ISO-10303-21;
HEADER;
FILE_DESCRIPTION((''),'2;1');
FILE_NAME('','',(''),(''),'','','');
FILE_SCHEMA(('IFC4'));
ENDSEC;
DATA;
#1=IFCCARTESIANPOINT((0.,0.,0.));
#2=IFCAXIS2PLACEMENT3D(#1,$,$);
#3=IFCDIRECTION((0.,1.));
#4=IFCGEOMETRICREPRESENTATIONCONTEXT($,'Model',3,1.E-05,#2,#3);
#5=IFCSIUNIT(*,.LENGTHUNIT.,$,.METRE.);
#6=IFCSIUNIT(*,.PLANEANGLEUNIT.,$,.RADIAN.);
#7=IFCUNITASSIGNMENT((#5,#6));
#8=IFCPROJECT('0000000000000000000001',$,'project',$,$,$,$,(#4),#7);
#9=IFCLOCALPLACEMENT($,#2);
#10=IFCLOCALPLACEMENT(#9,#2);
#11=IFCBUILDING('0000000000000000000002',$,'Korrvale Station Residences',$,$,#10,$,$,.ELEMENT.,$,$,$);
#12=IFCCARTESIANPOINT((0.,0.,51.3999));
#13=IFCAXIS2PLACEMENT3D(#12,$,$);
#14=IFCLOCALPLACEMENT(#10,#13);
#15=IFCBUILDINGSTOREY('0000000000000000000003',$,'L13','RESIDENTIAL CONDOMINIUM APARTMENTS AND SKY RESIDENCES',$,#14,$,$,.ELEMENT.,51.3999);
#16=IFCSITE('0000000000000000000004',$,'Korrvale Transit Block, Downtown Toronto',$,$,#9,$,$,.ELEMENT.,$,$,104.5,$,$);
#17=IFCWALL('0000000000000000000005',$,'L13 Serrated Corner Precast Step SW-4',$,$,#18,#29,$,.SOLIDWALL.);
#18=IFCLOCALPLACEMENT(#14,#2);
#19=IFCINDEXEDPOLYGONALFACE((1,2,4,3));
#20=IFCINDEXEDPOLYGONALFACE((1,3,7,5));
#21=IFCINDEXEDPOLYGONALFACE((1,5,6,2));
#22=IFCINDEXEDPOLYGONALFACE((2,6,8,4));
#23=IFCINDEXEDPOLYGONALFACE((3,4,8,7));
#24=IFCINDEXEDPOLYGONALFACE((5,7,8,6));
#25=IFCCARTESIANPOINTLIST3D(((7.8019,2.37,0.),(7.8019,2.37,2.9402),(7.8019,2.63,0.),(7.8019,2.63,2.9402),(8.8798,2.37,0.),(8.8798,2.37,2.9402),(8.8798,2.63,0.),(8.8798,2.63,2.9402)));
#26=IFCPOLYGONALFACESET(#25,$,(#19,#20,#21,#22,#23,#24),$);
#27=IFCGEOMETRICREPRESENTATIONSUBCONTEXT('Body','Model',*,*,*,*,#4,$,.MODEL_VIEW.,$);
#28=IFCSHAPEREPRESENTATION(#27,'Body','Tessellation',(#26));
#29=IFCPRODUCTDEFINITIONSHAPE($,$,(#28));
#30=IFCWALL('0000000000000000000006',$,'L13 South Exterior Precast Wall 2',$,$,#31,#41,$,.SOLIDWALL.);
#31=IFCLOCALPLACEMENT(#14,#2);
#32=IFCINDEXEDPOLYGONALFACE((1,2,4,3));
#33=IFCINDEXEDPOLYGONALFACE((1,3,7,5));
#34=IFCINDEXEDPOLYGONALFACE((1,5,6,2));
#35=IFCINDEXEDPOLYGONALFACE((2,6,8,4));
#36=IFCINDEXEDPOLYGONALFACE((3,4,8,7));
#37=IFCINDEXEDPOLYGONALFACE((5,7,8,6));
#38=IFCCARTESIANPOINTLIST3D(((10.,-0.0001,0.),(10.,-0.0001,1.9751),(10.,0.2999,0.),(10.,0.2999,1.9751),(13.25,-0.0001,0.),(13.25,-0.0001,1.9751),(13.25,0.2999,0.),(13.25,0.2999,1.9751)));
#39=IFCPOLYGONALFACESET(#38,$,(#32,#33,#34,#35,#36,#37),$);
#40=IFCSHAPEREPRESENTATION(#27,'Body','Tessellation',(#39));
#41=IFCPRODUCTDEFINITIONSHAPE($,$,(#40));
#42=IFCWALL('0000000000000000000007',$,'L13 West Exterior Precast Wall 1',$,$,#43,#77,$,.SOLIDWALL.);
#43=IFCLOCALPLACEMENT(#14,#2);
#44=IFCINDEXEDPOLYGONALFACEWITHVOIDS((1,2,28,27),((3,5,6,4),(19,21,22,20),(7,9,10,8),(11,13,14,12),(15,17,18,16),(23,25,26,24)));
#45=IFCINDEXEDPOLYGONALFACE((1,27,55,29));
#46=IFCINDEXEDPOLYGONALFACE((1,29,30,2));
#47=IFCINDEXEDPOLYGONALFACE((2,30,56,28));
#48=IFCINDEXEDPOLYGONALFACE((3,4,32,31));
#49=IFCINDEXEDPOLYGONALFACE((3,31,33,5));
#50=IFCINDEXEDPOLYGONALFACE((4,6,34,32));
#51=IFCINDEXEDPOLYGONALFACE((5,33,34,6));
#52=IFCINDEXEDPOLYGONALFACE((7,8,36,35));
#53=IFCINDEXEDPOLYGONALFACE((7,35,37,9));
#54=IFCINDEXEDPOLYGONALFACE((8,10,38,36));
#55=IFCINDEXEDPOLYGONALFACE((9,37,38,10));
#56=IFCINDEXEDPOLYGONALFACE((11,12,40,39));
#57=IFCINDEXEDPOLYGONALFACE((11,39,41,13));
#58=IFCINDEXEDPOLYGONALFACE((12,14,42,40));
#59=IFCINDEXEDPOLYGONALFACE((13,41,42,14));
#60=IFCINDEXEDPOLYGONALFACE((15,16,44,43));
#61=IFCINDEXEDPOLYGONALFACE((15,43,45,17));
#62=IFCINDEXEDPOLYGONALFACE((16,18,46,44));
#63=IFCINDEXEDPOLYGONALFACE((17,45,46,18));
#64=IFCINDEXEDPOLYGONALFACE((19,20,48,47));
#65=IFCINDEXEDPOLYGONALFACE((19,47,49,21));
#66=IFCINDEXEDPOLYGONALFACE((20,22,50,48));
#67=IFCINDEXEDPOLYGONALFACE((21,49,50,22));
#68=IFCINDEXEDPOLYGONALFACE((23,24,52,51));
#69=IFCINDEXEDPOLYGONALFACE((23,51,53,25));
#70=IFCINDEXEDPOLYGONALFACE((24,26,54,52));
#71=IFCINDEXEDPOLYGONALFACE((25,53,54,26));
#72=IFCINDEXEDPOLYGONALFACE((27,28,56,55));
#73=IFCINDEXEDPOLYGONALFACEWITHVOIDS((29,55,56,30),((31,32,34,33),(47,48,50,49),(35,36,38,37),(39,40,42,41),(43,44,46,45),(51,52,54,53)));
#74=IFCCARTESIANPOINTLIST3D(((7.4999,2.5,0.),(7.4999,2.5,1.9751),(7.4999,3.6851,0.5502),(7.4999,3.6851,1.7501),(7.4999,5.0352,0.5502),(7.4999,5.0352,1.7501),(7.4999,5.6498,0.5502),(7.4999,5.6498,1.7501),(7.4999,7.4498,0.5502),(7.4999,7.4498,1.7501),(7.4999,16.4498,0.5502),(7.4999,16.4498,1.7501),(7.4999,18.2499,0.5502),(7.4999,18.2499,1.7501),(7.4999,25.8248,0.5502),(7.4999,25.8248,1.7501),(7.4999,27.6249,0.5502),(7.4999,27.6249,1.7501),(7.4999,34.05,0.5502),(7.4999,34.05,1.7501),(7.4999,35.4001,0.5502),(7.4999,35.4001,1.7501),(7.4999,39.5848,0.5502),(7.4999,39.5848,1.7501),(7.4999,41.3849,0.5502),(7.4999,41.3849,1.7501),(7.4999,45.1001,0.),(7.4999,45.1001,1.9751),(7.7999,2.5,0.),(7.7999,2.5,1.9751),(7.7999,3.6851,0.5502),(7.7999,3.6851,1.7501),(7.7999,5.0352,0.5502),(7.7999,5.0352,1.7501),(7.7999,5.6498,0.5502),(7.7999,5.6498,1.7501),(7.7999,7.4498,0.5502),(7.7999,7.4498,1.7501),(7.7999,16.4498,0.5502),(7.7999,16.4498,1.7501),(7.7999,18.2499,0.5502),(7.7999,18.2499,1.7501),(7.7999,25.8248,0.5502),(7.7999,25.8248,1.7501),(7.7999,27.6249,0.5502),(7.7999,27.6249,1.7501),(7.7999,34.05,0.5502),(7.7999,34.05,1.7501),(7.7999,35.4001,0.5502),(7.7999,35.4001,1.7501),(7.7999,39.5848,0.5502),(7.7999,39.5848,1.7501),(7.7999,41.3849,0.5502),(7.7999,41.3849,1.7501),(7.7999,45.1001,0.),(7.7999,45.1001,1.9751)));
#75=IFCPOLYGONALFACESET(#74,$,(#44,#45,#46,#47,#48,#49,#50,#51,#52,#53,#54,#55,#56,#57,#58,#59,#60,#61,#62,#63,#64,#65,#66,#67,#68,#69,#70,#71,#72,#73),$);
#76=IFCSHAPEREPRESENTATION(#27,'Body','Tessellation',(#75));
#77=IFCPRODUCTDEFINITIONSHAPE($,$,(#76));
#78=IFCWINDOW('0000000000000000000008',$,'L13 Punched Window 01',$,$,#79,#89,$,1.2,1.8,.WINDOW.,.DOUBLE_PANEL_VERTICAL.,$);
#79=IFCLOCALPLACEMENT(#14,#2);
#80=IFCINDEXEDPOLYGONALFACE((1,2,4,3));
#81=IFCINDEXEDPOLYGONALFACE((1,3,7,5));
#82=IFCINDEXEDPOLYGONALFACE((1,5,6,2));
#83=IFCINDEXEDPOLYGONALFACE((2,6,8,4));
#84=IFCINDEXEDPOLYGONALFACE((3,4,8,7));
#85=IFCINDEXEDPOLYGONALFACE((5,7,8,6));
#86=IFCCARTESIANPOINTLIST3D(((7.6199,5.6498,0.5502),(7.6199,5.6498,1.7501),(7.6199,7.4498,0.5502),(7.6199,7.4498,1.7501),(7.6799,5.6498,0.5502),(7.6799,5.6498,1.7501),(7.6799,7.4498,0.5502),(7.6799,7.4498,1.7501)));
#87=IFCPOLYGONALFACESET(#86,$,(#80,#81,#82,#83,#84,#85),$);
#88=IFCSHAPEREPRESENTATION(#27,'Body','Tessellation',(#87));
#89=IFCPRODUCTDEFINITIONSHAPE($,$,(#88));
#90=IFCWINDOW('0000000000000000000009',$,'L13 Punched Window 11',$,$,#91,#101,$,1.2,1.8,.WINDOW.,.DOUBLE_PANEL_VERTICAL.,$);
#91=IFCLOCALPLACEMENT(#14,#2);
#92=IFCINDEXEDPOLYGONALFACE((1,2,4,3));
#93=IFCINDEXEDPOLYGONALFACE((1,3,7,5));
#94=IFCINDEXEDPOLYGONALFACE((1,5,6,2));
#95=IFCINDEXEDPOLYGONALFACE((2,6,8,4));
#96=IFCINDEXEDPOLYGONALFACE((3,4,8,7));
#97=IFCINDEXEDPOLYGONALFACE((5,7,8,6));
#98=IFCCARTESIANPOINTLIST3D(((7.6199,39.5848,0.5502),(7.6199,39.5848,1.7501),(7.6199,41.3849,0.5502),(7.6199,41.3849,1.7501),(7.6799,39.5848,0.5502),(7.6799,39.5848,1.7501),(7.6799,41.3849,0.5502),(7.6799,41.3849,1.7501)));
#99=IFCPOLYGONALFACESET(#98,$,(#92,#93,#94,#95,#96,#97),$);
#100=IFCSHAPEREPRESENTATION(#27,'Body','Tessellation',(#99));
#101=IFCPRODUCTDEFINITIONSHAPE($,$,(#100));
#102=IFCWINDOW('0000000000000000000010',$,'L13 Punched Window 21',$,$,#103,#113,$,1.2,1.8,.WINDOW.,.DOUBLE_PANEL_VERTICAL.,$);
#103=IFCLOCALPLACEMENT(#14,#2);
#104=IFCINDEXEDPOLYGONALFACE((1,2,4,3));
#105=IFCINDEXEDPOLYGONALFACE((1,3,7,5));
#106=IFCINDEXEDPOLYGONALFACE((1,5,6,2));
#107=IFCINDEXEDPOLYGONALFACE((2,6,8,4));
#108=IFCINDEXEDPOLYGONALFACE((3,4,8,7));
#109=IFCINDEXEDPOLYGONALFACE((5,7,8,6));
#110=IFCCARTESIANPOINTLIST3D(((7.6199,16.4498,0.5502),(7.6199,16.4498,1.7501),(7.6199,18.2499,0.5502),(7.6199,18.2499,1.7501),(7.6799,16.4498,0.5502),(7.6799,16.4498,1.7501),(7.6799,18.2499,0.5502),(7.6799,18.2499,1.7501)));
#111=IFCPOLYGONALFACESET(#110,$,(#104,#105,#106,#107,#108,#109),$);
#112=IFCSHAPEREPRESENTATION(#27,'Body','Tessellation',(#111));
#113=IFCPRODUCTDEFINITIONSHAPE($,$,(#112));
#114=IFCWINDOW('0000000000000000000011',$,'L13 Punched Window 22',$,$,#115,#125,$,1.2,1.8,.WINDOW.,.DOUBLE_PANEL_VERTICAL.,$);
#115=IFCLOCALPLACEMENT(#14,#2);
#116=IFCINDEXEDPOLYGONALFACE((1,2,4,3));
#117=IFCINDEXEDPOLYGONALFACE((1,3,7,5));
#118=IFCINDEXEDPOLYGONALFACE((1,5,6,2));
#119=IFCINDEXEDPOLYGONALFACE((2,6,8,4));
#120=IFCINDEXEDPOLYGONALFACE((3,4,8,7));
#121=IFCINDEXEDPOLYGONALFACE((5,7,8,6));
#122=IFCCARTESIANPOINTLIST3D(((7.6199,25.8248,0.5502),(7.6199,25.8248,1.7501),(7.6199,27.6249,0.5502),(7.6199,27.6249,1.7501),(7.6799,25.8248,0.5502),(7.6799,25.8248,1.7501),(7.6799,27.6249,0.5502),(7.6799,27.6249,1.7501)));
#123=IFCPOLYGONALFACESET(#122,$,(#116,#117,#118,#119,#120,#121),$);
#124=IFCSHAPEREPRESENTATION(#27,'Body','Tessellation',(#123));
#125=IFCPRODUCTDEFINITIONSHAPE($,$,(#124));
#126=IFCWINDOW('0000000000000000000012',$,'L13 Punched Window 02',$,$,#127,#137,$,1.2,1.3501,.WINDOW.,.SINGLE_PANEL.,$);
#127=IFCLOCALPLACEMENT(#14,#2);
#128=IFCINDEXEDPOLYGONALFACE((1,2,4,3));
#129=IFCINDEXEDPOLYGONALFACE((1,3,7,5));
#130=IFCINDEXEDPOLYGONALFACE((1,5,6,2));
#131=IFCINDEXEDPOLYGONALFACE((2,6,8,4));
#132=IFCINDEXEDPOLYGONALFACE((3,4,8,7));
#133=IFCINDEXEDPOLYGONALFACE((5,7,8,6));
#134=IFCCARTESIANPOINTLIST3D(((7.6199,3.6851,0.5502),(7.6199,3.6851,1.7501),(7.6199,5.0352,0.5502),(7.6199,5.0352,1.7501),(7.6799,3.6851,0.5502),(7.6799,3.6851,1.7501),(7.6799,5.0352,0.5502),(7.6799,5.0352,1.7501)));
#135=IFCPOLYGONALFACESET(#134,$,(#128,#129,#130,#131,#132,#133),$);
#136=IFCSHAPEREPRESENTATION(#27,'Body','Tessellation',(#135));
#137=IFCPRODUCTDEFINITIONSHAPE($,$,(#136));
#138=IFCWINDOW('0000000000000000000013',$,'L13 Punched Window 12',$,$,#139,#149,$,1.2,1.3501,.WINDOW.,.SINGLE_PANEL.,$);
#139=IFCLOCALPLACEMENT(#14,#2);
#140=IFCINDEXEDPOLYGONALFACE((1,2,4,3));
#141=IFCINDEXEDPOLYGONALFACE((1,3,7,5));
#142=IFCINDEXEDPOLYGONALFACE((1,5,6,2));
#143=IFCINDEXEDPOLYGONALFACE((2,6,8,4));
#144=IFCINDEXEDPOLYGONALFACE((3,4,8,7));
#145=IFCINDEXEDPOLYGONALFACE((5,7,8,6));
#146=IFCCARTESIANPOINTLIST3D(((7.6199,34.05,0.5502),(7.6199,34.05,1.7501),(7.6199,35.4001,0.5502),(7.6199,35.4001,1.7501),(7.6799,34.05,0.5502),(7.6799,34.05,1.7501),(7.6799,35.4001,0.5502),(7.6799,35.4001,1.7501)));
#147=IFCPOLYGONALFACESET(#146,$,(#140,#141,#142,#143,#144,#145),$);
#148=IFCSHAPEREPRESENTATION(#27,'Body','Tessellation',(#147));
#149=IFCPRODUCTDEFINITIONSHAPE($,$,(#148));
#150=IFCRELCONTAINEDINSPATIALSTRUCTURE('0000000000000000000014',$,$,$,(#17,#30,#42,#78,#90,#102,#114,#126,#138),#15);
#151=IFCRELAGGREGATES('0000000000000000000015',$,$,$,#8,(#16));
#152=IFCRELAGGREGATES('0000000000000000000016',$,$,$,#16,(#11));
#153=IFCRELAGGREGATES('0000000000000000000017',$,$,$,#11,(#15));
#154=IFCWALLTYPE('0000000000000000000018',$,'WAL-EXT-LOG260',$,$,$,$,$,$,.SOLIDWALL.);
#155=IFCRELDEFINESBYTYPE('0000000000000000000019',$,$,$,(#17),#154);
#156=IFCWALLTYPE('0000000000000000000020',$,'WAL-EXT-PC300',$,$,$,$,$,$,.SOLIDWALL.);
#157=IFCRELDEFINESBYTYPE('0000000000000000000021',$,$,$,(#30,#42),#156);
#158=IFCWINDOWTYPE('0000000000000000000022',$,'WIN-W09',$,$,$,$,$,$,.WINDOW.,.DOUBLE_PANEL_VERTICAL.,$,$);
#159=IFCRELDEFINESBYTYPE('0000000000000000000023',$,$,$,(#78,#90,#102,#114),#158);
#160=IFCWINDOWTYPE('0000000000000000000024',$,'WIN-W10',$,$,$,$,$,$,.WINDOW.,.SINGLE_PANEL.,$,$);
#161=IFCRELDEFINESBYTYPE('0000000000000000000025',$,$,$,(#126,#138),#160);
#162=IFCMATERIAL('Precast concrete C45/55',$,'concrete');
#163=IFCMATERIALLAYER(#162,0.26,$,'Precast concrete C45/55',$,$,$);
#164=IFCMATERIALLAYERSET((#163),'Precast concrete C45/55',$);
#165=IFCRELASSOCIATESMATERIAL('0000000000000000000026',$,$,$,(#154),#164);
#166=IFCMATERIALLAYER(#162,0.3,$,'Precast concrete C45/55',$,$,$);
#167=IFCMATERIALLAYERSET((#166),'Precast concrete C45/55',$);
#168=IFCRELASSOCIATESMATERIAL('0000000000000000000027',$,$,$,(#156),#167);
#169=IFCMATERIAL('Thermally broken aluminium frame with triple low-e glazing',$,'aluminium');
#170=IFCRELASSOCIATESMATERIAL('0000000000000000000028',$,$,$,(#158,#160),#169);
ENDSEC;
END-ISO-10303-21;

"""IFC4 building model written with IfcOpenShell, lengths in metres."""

from ifc_helpers import new_model, si_unit, direction, frame, frame_2d, origin, place, context, subcontext, project, spatial, rectangle, extrude, material, layer, layer_set, type_object, element, fill, save


model = new_model("IFC4")

# Units and contexts
model_context = context("Model", 3, precision=1e-05, world=origin(), true_north=direction((0.0, 1.0)))
body_context = subcontext(model_context, "Body", "Model", "MODEL_VIEW")
ifc_project = project(units=[si_unit("LENGTHUNIT", "METRE"), si_unit("PLANEANGLEUNIT", "RADIAN")], contexts=[model_context])

# Site, building, storey
site_placement = place(None, origin())
site = spatial("IfcSite", under=ifc_project, at=site_placement, Name="Korrvale Transit Block, Downtown Toronto", CompositionType="ELEMENT", RefElevation=104.5)
building_placement = place(site_placement, origin())
building = spatial("IfcBuilding", under=site, at=building_placement, Name="Korrvale Station Residences", CompositionType="ELEMENT")
storey_placement = place(building_placement, frame((0.0, 0.0, 51.3999)))
storey = spatial("IfcBuildingStorey", under=building, at=storey_placement, Name="L13", Description="RESIDENTIAL CONDOMINIUM APARTMENTS AND SKY RESIDENCES", CompositionType="ELEMENT", Elevation=51.3999)

# Shared definitions
ifc_material_1 = material(Name="Precast concrete C45/55", Category="concrete")
ifc_layer_1 = layer(ifc_material_1, 0.26, Name="Precast concrete C45/55")
ifc_layer_set_1 = layer_set([ifc_layer_1], Name="Precast concrete C45/55")
wall_type_1 = type_object("IfcWallType", Name="WAL-EXT-LOG260", PredefinedType="SOLIDWALL", material=ifc_layer_set_1)
ifc_material_2 = material(Name="Thermally broken aluminium frame with triple low-e glazing", Category="aluminium")

# Walls
wall_1_placement = place(storey_placement, frame((8.8799, 2.5, 0.0), z_axis=(0.0, 0.0, 1.0), x_axis=(-1.0, 0.0, 0.0)))
element("IfcWall", 1, at=wall_1_placement, inside=storey, type_object=wall_type_1, Name="L13 Serrated Corner Precast Step SW-4", PredefinedType="SOLIDWALL", context=body_context, shape_type="SweptSolid", body=[
    extrude(rectangle(XDim=1.0779, YDim=0.26, at=frame_2d((0.5391, 0.0))), origin(), (0.0, 0.0, 1.0), 2.9402),
])
ifc_layer_2 = layer(ifc_material_1, 0.3, Name="Precast concrete C45/55")
ifc_layer_set_2 = layer_set([ifc_layer_2], Name="Precast concrete C45/55")
wall_type_2 = type_object("IfcWallType", Name="WAL-EXT-PC300", PredefinedType="SOLIDWALL", material=ifc_layer_set_2)
wall_2_placement = place(storey_placement, frame((13.25, 0.1499, 0.0), z_axis=(0.0, 0.0, 1.0), x_axis=(-1.0, 0.0, 0.0)))
element("IfcWall", 2, at=wall_2_placement, inside=storey, type_object=wall_type_2, Name="L13 South Exterior Precast Wall 2", PredefinedType="SOLIDWALL", context=body_context, shape_type="SweptSolid", body=[
    extrude(rectangle(XDim=3.25, YDim=0.3, at=frame_2d((1.625, 0.0))), origin(), (0.0, 0.0, 1.0), 1.9751),
])

# Wall, openings, windows
wall_3_placement = place(storey_placement, frame((7.6499, 2.5, 0.0), z_axis=(0.0, 0.0, 1.0), x_axis=(0.0, 1.0, 0.0)))
wall_3 = element("IfcWall", 3, at=wall_3_placement, inside=storey, type_object=wall_type_2, Name="L13 West Exterior Precast Wall 1", PredefinedType="SOLIDWALL", context=body_context, shape_type="SweptSolid", body=[
    extrude(rectangle(XDim=42.6001, YDim=0.3, at=frame_2d((21.3, 0.0))), origin(), (0.0, 0.0, 1.0), 1.9751),
])
opening_1_placement = place(wall_3_placement, frame((3.1499, 0.0, 0.55)))
opening_1 = element("IfcOpeningElement", 4, at=opening_1_placement, cuts=wall_3, PredefinedType="OPENING", context=body_context, shape_type="SweptSolid", body=[
    extrude(rectangle(XDim=1.8, YDim=1.2, at=frame_2d((0.8999, 0.6001))), frame((0.0, 0.1602, 0.0), z_axis=(0.0, -1.0, 0.0), x_axis=(1.0, 0.0, 0.0)), (0.0, 0.0, 1.0), 0.3201),
])
opening_2_placement = place(wall_3_placement, frame((1.1851, 0.0, 0.55)))
opening_2 = element("IfcOpeningElement", 5, at=opening_2_placement, cuts=wall_3, PredefinedType="OPENING", context=body_context, shape_type="SweptSolid", body=[
    extrude(rectangle(XDim=1.3501, YDim=1.2, at=frame_2d((0.675, 0.6001))), frame((0.0, 0.1602, 0.0), z_axis=(0.0, -1.0, 0.0), x_axis=(1.0, 0.0, 0.0)), (0.0, 0.0, 1.0), 0.3201),
])
opening_3_placement = place(wall_3_placement, frame((37.085, 0.0, 0.55)))
opening_3 = element("IfcOpeningElement", 6, at=opening_3_placement, cuts=wall_3, PredefinedType="OPENING", context=body_context, shape_type="SweptSolid", body=[
    extrude(rectangle(XDim=1.8, YDim=1.2, at=frame_2d((0.8999, 0.6001))), frame((0.0, 0.1602, 0.0), z_axis=(0.0, -1.0, 0.0), x_axis=(1.0, 0.0, 0.0)), (0.0, 0.0, 1.0), 0.3201),
])
opening_4_placement = place(wall_3_placement, frame((31.55, 0.0, 0.55)))
opening_4 = element("IfcOpeningElement", 7, at=opening_4_placement, cuts=wall_3, PredefinedType="OPENING", context=body_context, shape_type="SweptSolid", body=[
    extrude(rectangle(XDim=1.3501, YDim=1.2, at=frame_2d((0.675, 0.6001))), frame((0.0, 0.1602, 0.0), z_axis=(0.0, -1.0, 0.0), x_axis=(1.0, 0.0, 0.0)), (0.0, 0.0, 1.0), 0.3201),
])
opening_5_placement = place(wall_3_placement, frame((13.95, 0.0, 0.55)))
opening_5 = element("IfcOpeningElement", 8, at=opening_5_placement, cuts=wall_3, PredefinedType="OPENING", context=body_context, shape_type="SweptSolid", body=[
    extrude(rectangle(XDim=1.8, YDim=1.2, at=frame_2d((0.8999, 0.6001))), frame((0.0, 0.1602, 0.0), z_axis=(0.0, -1.0, 0.0), x_axis=(1.0, 0.0, 0.0)), (0.0, 0.0, 1.0), 0.3201),
])
opening_6_placement = place(wall_3_placement, frame((23.325, 0.0, 0.55)))
opening_6 = element("IfcOpeningElement", 9, at=opening_6_placement, cuts=wall_3, PredefinedType="OPENING", context=body_context, shape_type="SweptSolid", body=[
    extrude(rectangle(XDim=1.8, YDim=1.2, at=frame_2d((0.8999, 0.6001))), frame((0.0, 0.1602, 0.0), z_axis=(0.0, -1.0, 0.0), x_axis=(1.0, 0.0, 0.0)), (0.0, 0.0, 1.0), 0.3201),
])
window_type_1 = type_object("IfcWindowType", Name="WIN-W09", PartitioningType="DOUBLE_PANEL_VERTICAL", PredefinedType="WINDOW", material=ifc_material_2)
window_1_placement = place(opening_1_placement, origin())
window_1 = element("IfcWindow", 10, at=window_1_placement, inside=storey, type_object=window_type_1, Name="L13 Punched Window 01", OverallHeight=1.2, OverallWidth=1.8, PartitioningType="DOUBLE_PANEL_VERTICAL", PredefinedType="WINDOW", context=body_context, shape_type="SweptSolid", body=[
    extrude(rectangle(XDim=1.8, YDim=1.2, at=frame_2d((0.8999, 0.6001))), frame((0.0, 0.03, 0.0), z_axis=(0.0, -1.0, 0.0), x_axis=(1.0, 0.0, 0.0)), (0.0, 0.0, 1.0), 0.0601),
])
fill(opening_1, window_1)
window_2_placement = place(opening_3_placement, origin())
window_2 = element("IfcWindow", 11, at=window_2_placement, inside=storey, type_object=window_type_1, Name="L13 Punched Window 11", OverallHeight=1.2, OverallWidth=1.8, PartitioningType="DOUBLE_PANEL_VERTICAL", PredefinedType="WINDOW", context=body_context, shape_type="SweptSolid", body=[
    extrude(rectangle(XDim=1.8, YDim=1.2, at=frame_2d((0.8999, 0.6001))), frame((0.0, 0.03, 0.0), z_axis=(0.0, -1.0, 0.0), x_axis=(1.0, 0.0, 0.0)), (0.0, 0.0, 1.0), 0.0601),
])
fill(opening_3, window_2)
window_3_placement = place(opening_5_placement, origin())
window_3 = element("IfcWindow", 12, at=window_3_placement, inside=storey, type_object=window_type_1, Name="L13 Punched Window 21", OverallHeight=1.2, OverallWidth=1.8, PartitioningType="DOUBLE_PANEL_VERTICAL", PredefinedType="WINDOW", context=body_context, shape_type="SweptSolid", body=[
    extrude(rectangle(XDim=1.8, YDim=1.2, at=frame_2d((0.8999, 0.6001))), frame((0.0, 0.03, 0.0), z_axis=(0.0, -1.0, 0.0), x_axis=(1.0, 0.0, 0.0)), (0.0, 0.0, 1.0), 0.0601),
])
fill(opening_5, window_3)
window_4_placement = place(opening_6_placement, origin())
window_4 = element("IfcWindow", 13, at=window_4_placement, inside=storey, type_object=window_type_1, Name="L13 Punched Window 22", OverallHeight=1.2, OverallWidth=1.8, PartitioningType="DOUBLE_PANEL_VERTICAL", PredefinedType="WINDOW", context=body_context, shape_type="SweptSolid", body=[
    extrude(rectangle(XDim=1.8, YDim=1.2, at=frame_2d((0.8999, 0.6001))), frame((0.0, 0.03, 0.0), z_axis=(0.0, -1.0, 0.0), x_axis=(1.0, 0.0, 0.0)), (0.0, 0.0, 1.0), 0.0601),
])
fill(opening_6, window_4)
window_type_2 = type_object("IfcWindowType", Name="WIN-W10", PartitioningType="SINGLE_PANEL", PredefinedType="WINDOW", material=ifc_material_2)
window_5_placement = place(opening_2_placement, origin())
window_5 = element("IfcWindow", 14, at=window_5_placement, inside=storey, type_object=window_type_2, Name="L13 Punched Window 02", OverallHeight=1.2, OverallWidth=1.3501, PartitioningType="SINGLE_PANEL", PredefinedType="WINDOW", context=body_context, shape_type="SweptSolid", body=[
    extrude(rectangle(XDim=1.3501, YDim=1.2, at=frame_2d((0.675, 0.6001))), frame((0.0, 0.03, 0.0), z_axis=(0.0, -1.0, 0.0), x_axis=(1.0, 0.0, 0.0)), (0.0, 0.0, 1.0), 0.0601),
])
fill(opening_2, window_5)
window_6_placement = place(opening_4_placement, origin())
window_6 = element("IfcWindow", 15, at=window_6_placement, inside=storey, type_object=window_type_2, Name="L13 Punched Window 12", OverallHeight=1.2, OverallWidth=1.3501, PartitioningType="SINGLE_PANEL", PredefinedType="WINDOW", context=body_context, shape_type="SweptSolid", body=[
    extrude(rectangle(XDim=1.3501, YDim=1.2, at=frame_2d((0.675, 0.6001))), frame((0.0, 0.03, 0.0), z_axis=(0.0, -1.0, 0.0), x_axis=(1.0, 0.0, 0.0)), (0.0, 0.0, 1.0), 0.0601),
])
fill(opening_4, window_6)

save(model, "model.ifc")
